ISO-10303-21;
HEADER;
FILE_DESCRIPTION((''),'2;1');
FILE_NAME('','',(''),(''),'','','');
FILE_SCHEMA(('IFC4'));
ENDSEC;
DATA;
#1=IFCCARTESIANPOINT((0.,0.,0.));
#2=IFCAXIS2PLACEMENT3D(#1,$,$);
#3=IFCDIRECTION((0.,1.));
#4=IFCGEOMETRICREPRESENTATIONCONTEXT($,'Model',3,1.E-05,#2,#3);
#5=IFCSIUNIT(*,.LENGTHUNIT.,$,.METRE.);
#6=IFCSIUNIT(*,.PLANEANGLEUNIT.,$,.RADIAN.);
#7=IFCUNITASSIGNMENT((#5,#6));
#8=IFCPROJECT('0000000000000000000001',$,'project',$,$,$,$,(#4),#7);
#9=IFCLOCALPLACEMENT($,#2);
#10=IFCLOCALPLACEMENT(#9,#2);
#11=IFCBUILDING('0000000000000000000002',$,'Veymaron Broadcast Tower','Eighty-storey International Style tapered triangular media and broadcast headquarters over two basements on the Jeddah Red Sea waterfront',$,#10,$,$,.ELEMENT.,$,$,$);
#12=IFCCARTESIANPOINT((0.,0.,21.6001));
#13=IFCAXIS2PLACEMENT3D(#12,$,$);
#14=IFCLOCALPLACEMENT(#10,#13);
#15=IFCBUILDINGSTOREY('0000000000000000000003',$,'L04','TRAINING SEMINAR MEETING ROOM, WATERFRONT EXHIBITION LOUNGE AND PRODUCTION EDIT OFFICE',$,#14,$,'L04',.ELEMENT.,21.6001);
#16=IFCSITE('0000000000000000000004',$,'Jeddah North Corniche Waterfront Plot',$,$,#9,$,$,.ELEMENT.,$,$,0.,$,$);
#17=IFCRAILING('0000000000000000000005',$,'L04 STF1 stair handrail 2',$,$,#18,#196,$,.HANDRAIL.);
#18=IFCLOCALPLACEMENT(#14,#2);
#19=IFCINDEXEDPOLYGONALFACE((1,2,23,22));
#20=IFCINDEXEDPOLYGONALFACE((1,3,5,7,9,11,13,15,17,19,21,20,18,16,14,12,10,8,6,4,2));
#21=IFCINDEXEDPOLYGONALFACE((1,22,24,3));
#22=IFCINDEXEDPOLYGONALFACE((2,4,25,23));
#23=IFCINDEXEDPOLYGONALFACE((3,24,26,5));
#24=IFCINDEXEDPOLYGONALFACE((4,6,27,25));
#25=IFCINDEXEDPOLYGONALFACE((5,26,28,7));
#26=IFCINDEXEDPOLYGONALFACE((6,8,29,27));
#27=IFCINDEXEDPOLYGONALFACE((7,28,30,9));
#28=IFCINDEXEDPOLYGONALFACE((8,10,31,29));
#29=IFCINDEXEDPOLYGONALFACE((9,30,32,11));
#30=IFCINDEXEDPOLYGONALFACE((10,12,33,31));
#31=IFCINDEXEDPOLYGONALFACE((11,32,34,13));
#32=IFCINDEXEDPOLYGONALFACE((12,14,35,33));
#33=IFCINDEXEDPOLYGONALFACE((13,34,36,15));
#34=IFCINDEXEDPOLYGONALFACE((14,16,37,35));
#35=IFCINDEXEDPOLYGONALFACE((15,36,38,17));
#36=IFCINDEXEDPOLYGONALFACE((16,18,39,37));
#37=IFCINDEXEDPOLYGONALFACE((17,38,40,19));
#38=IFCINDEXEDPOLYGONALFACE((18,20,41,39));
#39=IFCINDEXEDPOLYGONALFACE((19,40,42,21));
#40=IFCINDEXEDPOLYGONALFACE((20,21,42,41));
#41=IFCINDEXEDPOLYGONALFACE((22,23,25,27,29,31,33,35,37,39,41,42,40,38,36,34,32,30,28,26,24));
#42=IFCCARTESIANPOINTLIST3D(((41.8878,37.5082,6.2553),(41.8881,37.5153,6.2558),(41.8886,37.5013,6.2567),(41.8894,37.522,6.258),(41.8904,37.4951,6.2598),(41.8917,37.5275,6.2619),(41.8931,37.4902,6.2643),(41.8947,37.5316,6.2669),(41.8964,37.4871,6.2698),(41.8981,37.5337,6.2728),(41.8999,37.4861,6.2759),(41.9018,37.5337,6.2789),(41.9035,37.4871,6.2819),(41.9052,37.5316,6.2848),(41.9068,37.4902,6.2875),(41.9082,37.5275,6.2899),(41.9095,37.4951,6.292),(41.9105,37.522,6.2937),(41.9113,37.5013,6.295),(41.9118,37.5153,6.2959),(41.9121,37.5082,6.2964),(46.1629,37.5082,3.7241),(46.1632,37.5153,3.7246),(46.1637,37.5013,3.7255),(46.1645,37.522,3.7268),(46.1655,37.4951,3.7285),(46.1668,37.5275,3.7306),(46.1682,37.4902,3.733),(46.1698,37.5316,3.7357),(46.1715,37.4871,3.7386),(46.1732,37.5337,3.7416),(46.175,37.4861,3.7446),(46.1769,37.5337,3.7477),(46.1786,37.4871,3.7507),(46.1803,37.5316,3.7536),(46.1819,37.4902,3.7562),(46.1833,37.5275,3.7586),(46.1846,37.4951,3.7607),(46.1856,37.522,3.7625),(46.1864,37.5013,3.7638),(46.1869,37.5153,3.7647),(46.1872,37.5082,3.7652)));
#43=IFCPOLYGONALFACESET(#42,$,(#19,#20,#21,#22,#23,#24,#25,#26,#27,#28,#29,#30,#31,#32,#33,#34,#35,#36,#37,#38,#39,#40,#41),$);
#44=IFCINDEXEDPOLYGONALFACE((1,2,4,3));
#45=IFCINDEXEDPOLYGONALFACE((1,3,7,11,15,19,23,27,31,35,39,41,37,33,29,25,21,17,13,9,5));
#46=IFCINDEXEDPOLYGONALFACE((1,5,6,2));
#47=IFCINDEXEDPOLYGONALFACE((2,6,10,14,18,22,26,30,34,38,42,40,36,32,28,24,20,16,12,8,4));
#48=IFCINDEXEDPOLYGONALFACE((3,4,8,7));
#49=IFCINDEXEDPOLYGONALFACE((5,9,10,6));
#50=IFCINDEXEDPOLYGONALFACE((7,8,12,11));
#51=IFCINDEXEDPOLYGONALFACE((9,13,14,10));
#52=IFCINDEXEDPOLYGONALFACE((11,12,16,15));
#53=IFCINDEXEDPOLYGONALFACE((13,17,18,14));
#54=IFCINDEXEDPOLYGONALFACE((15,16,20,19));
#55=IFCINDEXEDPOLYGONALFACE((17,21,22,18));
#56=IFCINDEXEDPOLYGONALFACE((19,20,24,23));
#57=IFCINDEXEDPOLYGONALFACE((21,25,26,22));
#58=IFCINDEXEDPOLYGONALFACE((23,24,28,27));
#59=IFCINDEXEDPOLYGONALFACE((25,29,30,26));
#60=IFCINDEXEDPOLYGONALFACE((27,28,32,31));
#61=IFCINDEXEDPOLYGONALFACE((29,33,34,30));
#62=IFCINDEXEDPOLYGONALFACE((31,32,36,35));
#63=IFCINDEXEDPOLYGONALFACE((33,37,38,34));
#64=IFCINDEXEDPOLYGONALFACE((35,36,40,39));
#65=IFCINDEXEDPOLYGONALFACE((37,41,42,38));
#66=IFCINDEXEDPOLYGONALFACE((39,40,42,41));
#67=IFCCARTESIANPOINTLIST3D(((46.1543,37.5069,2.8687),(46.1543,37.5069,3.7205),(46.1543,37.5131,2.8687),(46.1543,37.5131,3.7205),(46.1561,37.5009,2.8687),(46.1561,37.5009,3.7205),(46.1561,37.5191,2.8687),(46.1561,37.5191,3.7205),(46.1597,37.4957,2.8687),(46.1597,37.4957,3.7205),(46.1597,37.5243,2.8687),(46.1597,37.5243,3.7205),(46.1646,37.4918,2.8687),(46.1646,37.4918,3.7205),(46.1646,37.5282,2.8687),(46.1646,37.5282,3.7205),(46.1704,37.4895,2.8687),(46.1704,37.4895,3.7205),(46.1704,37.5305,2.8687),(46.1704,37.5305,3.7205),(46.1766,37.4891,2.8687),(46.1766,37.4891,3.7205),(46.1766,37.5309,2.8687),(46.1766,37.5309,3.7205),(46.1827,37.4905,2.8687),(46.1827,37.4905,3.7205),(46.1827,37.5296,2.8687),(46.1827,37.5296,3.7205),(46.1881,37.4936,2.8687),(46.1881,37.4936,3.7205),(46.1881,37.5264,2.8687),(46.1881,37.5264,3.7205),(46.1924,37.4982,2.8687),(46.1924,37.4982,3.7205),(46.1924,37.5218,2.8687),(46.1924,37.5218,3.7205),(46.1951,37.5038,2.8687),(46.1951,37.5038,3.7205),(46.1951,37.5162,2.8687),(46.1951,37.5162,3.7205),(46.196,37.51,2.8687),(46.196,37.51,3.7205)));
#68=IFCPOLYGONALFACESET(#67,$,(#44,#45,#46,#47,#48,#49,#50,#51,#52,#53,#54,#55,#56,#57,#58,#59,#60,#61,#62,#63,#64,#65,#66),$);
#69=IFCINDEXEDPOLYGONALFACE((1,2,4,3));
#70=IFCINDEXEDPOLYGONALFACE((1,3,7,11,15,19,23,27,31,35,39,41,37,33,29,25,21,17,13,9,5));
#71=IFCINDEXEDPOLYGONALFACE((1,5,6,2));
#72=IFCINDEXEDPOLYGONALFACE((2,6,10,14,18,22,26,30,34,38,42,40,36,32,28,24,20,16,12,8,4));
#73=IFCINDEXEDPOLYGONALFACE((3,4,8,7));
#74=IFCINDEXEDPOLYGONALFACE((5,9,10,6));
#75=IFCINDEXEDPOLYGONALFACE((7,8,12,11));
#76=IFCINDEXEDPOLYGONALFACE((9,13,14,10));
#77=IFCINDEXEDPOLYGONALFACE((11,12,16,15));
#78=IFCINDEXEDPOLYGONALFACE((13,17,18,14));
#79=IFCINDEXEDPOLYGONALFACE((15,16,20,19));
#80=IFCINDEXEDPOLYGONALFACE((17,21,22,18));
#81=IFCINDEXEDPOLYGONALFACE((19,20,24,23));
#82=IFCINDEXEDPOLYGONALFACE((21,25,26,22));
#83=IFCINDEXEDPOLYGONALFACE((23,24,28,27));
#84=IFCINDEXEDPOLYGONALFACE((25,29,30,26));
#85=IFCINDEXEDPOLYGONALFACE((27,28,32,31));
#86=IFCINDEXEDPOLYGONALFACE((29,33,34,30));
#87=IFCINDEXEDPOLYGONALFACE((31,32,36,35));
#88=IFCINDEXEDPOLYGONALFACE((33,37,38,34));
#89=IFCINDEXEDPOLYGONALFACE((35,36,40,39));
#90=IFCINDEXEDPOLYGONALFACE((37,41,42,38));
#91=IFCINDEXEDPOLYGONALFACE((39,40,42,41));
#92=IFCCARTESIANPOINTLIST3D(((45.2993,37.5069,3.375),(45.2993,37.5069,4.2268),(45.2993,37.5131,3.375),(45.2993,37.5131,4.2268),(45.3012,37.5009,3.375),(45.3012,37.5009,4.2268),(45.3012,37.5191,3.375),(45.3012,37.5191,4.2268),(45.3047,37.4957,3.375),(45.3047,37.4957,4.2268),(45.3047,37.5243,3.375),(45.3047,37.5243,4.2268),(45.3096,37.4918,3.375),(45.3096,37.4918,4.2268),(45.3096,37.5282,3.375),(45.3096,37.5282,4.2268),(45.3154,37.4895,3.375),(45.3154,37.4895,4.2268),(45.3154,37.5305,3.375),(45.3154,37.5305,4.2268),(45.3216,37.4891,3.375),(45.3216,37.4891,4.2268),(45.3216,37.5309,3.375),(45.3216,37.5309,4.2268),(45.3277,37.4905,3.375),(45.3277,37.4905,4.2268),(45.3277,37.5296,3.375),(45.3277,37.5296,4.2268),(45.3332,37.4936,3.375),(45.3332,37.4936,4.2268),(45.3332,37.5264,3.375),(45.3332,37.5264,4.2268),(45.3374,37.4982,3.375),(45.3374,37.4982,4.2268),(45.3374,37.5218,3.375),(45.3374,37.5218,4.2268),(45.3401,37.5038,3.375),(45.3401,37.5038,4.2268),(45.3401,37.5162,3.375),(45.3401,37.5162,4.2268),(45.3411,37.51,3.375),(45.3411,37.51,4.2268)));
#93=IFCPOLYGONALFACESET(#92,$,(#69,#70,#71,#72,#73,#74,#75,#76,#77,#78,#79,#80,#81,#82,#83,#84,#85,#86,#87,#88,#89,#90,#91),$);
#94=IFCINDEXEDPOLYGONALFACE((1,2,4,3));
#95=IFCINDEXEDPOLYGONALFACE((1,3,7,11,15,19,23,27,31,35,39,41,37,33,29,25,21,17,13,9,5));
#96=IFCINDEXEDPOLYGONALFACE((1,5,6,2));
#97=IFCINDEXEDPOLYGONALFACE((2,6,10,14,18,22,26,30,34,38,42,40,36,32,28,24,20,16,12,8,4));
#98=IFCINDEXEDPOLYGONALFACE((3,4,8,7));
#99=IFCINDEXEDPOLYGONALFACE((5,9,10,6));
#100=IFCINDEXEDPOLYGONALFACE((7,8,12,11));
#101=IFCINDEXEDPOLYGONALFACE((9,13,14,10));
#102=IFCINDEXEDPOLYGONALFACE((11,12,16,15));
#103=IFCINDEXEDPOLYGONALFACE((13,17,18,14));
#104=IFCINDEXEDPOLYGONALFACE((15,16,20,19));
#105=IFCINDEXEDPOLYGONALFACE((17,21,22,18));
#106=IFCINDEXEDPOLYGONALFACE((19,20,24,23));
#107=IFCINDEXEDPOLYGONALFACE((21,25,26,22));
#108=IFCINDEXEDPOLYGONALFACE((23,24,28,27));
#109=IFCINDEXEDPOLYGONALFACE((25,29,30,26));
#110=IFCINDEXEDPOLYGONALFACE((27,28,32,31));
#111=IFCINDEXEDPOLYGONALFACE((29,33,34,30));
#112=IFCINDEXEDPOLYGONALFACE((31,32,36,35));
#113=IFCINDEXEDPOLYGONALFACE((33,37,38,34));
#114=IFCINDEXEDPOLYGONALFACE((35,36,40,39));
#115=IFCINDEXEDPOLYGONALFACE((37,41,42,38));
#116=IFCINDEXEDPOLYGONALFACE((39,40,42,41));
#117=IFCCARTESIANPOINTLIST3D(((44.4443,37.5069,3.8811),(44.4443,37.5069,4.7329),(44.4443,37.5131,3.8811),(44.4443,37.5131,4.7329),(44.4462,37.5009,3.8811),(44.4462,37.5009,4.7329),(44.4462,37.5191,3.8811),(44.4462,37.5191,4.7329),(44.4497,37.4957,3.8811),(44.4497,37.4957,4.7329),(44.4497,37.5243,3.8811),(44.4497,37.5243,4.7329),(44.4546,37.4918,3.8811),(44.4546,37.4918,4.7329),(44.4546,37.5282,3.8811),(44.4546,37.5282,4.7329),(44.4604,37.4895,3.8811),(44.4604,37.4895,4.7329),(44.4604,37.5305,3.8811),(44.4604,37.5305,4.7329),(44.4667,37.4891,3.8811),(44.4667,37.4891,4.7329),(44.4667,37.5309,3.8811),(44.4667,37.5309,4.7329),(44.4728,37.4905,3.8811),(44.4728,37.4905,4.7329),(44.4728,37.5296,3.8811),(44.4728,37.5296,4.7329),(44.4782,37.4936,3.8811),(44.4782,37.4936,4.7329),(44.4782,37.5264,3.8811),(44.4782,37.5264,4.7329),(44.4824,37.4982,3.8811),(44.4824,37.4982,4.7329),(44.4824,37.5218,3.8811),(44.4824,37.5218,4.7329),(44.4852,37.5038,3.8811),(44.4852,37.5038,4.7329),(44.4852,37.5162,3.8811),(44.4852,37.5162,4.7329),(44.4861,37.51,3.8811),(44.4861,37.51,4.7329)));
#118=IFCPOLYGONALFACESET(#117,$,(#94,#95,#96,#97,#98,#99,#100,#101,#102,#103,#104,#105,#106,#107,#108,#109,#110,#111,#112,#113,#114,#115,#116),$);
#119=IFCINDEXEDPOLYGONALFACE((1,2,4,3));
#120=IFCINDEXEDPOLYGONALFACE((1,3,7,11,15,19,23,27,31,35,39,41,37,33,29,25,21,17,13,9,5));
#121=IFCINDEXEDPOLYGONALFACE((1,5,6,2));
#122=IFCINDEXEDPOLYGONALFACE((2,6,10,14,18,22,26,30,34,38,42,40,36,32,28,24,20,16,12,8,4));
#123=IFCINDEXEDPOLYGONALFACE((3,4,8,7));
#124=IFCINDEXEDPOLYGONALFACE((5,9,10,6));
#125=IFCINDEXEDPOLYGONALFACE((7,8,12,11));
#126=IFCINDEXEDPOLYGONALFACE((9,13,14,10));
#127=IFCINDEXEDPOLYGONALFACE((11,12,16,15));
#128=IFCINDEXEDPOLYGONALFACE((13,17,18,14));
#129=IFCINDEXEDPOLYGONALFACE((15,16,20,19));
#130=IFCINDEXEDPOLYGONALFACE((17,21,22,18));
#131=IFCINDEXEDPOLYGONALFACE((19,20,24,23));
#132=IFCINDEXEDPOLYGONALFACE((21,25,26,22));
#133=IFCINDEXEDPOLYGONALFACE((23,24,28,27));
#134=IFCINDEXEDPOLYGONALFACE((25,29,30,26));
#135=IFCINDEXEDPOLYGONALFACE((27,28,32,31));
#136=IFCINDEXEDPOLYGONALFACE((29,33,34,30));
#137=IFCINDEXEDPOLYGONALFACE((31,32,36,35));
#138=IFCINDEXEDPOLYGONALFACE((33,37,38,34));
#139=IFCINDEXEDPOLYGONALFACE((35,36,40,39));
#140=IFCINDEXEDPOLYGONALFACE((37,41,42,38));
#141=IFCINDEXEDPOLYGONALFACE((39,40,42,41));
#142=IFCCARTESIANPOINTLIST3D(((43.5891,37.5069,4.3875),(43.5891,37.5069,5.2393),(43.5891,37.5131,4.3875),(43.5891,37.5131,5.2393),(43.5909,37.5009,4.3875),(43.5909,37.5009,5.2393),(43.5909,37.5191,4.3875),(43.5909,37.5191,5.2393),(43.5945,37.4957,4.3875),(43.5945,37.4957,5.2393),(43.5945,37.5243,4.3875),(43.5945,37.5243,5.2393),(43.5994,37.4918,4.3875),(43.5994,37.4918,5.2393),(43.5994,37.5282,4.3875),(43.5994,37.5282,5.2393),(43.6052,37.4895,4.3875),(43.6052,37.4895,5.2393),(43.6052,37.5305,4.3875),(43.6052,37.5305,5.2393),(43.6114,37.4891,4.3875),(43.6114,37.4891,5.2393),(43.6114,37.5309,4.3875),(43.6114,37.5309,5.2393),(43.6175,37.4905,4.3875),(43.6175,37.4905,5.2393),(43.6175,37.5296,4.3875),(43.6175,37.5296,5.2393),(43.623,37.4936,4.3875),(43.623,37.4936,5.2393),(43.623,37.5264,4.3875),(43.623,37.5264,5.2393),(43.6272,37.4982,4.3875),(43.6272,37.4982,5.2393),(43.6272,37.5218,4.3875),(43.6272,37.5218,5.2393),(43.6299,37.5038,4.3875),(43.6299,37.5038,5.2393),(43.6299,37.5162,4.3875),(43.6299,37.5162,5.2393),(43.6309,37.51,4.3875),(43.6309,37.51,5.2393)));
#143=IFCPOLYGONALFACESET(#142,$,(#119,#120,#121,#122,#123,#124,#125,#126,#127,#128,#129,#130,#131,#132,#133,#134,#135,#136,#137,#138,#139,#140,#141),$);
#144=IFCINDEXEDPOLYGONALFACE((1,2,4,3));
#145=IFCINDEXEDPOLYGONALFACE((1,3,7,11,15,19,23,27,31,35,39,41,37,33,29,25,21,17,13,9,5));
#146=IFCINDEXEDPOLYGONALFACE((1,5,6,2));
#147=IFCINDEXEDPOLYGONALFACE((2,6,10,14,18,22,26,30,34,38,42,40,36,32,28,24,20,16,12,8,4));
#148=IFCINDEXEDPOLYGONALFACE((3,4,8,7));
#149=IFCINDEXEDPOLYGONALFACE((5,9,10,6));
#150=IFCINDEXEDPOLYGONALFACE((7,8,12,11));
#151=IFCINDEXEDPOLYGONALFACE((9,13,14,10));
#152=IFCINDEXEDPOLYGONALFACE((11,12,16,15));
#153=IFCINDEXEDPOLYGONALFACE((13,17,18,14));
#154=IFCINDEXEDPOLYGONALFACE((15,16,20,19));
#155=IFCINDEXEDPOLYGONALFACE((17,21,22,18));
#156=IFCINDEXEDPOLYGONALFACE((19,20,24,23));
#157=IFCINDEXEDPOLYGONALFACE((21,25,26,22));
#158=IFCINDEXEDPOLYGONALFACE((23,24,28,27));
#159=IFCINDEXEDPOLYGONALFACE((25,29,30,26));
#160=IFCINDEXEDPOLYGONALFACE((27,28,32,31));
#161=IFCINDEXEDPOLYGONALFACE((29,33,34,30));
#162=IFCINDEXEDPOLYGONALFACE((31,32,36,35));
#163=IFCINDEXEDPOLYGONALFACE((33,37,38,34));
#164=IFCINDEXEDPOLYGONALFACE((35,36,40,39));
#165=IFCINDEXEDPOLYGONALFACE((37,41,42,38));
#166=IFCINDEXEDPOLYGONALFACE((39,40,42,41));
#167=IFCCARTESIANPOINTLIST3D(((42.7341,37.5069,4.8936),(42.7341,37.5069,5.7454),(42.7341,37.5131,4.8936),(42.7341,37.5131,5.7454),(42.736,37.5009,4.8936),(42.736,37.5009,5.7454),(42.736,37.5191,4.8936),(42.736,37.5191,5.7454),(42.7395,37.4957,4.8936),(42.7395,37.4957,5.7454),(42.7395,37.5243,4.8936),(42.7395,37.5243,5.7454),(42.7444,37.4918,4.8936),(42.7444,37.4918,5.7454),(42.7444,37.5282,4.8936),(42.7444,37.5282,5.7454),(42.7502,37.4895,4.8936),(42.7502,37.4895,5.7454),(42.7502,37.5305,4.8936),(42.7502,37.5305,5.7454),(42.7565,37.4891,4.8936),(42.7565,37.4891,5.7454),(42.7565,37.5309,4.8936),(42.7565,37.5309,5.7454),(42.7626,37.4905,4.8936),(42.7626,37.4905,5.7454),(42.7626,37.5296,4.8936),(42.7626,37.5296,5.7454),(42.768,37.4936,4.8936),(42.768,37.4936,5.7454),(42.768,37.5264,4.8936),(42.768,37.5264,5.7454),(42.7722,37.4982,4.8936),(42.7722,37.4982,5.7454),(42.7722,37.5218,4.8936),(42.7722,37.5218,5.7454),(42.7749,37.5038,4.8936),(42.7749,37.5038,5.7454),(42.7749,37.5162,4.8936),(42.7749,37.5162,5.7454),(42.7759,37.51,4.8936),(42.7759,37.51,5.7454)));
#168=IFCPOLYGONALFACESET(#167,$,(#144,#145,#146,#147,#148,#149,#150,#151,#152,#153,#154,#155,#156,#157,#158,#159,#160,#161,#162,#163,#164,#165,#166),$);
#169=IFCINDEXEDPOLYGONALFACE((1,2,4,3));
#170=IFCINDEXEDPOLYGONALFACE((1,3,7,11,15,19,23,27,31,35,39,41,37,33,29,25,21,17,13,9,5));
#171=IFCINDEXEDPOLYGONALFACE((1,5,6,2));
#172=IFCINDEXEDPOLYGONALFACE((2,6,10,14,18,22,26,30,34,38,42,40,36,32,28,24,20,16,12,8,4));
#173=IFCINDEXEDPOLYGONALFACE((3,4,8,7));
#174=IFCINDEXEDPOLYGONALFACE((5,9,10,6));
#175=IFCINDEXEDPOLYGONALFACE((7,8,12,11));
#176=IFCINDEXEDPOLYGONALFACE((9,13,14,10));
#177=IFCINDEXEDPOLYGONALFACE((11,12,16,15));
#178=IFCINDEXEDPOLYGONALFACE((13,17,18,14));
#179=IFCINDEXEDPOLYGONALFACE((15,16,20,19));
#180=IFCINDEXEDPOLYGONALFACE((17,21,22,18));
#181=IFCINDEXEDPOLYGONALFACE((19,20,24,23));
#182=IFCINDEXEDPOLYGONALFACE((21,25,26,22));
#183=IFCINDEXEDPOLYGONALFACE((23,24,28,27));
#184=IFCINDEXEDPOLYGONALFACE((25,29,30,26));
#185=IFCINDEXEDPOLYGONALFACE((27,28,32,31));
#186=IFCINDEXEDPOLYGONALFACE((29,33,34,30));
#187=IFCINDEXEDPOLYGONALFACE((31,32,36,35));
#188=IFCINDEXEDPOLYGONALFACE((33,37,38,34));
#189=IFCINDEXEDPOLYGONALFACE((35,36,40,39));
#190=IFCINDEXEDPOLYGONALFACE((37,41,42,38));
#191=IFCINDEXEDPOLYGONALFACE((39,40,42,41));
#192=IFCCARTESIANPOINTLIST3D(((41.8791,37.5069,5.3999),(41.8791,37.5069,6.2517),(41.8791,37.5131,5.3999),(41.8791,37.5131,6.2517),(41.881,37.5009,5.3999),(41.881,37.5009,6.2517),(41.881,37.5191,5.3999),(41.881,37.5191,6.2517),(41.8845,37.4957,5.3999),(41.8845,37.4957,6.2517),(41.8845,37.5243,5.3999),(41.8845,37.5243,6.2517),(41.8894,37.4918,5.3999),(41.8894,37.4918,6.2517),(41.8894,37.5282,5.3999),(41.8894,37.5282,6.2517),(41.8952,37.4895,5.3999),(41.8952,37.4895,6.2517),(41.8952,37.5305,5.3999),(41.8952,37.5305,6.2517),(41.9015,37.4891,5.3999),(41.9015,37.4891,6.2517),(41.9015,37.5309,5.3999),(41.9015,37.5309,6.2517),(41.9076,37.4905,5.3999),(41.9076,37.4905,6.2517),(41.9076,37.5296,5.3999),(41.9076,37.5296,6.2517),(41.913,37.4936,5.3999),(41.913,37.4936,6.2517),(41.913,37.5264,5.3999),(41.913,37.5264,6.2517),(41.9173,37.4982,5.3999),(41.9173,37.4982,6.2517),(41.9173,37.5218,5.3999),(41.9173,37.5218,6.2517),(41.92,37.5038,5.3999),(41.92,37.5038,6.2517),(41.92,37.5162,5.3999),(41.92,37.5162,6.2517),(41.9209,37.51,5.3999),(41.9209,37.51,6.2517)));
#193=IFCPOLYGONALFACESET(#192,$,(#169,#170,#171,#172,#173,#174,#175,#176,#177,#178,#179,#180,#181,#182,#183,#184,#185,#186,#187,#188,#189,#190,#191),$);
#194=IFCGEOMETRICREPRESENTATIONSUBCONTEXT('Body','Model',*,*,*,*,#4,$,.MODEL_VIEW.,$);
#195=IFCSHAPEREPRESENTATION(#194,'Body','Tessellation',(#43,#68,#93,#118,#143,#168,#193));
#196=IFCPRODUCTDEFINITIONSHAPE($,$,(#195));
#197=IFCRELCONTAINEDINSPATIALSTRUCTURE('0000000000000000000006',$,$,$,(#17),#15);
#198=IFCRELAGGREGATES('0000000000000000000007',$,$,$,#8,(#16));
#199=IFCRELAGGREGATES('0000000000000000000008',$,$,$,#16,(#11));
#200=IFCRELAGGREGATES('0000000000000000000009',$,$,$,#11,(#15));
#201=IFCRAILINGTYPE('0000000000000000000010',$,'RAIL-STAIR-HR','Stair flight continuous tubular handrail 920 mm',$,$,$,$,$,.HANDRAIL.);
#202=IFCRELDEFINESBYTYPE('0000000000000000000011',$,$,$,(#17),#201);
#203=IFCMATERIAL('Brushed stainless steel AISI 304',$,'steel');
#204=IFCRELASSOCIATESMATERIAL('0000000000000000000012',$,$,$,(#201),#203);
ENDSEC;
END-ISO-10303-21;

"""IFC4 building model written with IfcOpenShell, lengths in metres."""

from ifc_helpers import new_model, si_unit, direction, frame, origin, origin_2d, place, context, subcontext, project, spatial, circle, extrude, material, type_object, element, save


model = new_model("IFC4")

# Units and contexts
model_context = context("Model", 3, precision=1e-05, world=origin(), true_north=direction((0.0, 1.0)))
body_context = subcontext(model_context, "Body", "Model", "MODEL_VIEW")
ifc_project = project(units=[si_unit("LENGTHUNIT", "METRE"), si_unit("PLANEANGLEUNIT", "RADIAN")], contexts=[model_context])

# Site, building, storey
site_placement = place(None, origin())
site = spatial("IfcSite", under=ifc_project, at=site_placement, Name="Jeddah North Corniche Waterfront Plot", CompositionType="ELEMENT", RefElevation=0.0)
building_placement = place(site_placement, origin())
building = spatial("IfcBuilding", under=site, at=building_placement, Name="Veymaron Broadcast Tower", Description="Eighty-storey International Style tapered triangular media and broadcast headquarters over two basements on the Jeddah Red Sea waterfront", CompositionType="ELEMENT")
storey_placement = place(building_placement, frame((0.0, 0.0, 21.6001)))
storey = spatial("IfcBuildingStorey", under=building, at=storey_placement, Name="L04", Description="TRAINING SEMINAR MEETING ROOM, WATERFRONT EXHIBITION LOUNGE AND PRODUCTION EDIT OFFICE", LongName="L04", CompositionType="ELEMENT", Elevation=21.6001)

# Railing
ifc_material_1 = material(Name="Brushed stainless steel AISI 304", Category="steel")
railing_type_1 = type_object("IfcRailingType", Name="RAIL-STAIR-HR", Description="Stair flight continuous tubular handrail 920 mm", PredefinedType="HANDRAIL", material=ifc_material_1)
railing_1_placement = place(storey_placement, frame((46.175, 37.51, 2.8687)))
element("IfcRailing", 1, at=railing_1_placement, inside=storey, type_object=railing_type_1, Name="L04 STF1 stair handrail 2", PredefinedType="HANDRAIL", context=body_context, shape_type="SweptSolid", body=[
    extrude(circle(Radius=0.0239, at=origin_2d()), frame((0.0, 0.0, 0.876), z_axis=(-0.860483, 0.0, 0.509479), x_axis=(0.0, -1.0, 0.0)), (0.0, 0.0, 1.0), 4.9683),
    extrude(circle(Radius=0.021, at=origin_2d()), origin(), (0.0, 0.0, 1.0), 0.8518),
    extrude(circle(Radius=0.021, at=origin_2d()), frame((-0.855, 0.0, 0.5063)), (0.0, 0.0, 1.0), 0.8518),
    extrude(circle(Radius=0.021, at=origin_2d()), frame((-1.71, 0.0, 1.0125)), (0.0, 0.0, 1.0), 0.8518),
    extrude(circle(Radius=0.021, at=origin_2d()), frame((-2.5652, 0.0, 1.5188)), (0.0, 0.0, 1.0), 0.8518),
    extrude(circle(Radius=0.021, at=origin_2d()), frame((-3.4202, 0.0, 2.0249)), (0.0, 0.0, 1.0), 0.8518),
    extrude(circle(Radius=0.021, at=origin_2d()), frame((-4.2751, 0.0, 2.5312)), (0.0, 0.0, 1.0), 0.8518),
])

save(model, "model.ifc")
